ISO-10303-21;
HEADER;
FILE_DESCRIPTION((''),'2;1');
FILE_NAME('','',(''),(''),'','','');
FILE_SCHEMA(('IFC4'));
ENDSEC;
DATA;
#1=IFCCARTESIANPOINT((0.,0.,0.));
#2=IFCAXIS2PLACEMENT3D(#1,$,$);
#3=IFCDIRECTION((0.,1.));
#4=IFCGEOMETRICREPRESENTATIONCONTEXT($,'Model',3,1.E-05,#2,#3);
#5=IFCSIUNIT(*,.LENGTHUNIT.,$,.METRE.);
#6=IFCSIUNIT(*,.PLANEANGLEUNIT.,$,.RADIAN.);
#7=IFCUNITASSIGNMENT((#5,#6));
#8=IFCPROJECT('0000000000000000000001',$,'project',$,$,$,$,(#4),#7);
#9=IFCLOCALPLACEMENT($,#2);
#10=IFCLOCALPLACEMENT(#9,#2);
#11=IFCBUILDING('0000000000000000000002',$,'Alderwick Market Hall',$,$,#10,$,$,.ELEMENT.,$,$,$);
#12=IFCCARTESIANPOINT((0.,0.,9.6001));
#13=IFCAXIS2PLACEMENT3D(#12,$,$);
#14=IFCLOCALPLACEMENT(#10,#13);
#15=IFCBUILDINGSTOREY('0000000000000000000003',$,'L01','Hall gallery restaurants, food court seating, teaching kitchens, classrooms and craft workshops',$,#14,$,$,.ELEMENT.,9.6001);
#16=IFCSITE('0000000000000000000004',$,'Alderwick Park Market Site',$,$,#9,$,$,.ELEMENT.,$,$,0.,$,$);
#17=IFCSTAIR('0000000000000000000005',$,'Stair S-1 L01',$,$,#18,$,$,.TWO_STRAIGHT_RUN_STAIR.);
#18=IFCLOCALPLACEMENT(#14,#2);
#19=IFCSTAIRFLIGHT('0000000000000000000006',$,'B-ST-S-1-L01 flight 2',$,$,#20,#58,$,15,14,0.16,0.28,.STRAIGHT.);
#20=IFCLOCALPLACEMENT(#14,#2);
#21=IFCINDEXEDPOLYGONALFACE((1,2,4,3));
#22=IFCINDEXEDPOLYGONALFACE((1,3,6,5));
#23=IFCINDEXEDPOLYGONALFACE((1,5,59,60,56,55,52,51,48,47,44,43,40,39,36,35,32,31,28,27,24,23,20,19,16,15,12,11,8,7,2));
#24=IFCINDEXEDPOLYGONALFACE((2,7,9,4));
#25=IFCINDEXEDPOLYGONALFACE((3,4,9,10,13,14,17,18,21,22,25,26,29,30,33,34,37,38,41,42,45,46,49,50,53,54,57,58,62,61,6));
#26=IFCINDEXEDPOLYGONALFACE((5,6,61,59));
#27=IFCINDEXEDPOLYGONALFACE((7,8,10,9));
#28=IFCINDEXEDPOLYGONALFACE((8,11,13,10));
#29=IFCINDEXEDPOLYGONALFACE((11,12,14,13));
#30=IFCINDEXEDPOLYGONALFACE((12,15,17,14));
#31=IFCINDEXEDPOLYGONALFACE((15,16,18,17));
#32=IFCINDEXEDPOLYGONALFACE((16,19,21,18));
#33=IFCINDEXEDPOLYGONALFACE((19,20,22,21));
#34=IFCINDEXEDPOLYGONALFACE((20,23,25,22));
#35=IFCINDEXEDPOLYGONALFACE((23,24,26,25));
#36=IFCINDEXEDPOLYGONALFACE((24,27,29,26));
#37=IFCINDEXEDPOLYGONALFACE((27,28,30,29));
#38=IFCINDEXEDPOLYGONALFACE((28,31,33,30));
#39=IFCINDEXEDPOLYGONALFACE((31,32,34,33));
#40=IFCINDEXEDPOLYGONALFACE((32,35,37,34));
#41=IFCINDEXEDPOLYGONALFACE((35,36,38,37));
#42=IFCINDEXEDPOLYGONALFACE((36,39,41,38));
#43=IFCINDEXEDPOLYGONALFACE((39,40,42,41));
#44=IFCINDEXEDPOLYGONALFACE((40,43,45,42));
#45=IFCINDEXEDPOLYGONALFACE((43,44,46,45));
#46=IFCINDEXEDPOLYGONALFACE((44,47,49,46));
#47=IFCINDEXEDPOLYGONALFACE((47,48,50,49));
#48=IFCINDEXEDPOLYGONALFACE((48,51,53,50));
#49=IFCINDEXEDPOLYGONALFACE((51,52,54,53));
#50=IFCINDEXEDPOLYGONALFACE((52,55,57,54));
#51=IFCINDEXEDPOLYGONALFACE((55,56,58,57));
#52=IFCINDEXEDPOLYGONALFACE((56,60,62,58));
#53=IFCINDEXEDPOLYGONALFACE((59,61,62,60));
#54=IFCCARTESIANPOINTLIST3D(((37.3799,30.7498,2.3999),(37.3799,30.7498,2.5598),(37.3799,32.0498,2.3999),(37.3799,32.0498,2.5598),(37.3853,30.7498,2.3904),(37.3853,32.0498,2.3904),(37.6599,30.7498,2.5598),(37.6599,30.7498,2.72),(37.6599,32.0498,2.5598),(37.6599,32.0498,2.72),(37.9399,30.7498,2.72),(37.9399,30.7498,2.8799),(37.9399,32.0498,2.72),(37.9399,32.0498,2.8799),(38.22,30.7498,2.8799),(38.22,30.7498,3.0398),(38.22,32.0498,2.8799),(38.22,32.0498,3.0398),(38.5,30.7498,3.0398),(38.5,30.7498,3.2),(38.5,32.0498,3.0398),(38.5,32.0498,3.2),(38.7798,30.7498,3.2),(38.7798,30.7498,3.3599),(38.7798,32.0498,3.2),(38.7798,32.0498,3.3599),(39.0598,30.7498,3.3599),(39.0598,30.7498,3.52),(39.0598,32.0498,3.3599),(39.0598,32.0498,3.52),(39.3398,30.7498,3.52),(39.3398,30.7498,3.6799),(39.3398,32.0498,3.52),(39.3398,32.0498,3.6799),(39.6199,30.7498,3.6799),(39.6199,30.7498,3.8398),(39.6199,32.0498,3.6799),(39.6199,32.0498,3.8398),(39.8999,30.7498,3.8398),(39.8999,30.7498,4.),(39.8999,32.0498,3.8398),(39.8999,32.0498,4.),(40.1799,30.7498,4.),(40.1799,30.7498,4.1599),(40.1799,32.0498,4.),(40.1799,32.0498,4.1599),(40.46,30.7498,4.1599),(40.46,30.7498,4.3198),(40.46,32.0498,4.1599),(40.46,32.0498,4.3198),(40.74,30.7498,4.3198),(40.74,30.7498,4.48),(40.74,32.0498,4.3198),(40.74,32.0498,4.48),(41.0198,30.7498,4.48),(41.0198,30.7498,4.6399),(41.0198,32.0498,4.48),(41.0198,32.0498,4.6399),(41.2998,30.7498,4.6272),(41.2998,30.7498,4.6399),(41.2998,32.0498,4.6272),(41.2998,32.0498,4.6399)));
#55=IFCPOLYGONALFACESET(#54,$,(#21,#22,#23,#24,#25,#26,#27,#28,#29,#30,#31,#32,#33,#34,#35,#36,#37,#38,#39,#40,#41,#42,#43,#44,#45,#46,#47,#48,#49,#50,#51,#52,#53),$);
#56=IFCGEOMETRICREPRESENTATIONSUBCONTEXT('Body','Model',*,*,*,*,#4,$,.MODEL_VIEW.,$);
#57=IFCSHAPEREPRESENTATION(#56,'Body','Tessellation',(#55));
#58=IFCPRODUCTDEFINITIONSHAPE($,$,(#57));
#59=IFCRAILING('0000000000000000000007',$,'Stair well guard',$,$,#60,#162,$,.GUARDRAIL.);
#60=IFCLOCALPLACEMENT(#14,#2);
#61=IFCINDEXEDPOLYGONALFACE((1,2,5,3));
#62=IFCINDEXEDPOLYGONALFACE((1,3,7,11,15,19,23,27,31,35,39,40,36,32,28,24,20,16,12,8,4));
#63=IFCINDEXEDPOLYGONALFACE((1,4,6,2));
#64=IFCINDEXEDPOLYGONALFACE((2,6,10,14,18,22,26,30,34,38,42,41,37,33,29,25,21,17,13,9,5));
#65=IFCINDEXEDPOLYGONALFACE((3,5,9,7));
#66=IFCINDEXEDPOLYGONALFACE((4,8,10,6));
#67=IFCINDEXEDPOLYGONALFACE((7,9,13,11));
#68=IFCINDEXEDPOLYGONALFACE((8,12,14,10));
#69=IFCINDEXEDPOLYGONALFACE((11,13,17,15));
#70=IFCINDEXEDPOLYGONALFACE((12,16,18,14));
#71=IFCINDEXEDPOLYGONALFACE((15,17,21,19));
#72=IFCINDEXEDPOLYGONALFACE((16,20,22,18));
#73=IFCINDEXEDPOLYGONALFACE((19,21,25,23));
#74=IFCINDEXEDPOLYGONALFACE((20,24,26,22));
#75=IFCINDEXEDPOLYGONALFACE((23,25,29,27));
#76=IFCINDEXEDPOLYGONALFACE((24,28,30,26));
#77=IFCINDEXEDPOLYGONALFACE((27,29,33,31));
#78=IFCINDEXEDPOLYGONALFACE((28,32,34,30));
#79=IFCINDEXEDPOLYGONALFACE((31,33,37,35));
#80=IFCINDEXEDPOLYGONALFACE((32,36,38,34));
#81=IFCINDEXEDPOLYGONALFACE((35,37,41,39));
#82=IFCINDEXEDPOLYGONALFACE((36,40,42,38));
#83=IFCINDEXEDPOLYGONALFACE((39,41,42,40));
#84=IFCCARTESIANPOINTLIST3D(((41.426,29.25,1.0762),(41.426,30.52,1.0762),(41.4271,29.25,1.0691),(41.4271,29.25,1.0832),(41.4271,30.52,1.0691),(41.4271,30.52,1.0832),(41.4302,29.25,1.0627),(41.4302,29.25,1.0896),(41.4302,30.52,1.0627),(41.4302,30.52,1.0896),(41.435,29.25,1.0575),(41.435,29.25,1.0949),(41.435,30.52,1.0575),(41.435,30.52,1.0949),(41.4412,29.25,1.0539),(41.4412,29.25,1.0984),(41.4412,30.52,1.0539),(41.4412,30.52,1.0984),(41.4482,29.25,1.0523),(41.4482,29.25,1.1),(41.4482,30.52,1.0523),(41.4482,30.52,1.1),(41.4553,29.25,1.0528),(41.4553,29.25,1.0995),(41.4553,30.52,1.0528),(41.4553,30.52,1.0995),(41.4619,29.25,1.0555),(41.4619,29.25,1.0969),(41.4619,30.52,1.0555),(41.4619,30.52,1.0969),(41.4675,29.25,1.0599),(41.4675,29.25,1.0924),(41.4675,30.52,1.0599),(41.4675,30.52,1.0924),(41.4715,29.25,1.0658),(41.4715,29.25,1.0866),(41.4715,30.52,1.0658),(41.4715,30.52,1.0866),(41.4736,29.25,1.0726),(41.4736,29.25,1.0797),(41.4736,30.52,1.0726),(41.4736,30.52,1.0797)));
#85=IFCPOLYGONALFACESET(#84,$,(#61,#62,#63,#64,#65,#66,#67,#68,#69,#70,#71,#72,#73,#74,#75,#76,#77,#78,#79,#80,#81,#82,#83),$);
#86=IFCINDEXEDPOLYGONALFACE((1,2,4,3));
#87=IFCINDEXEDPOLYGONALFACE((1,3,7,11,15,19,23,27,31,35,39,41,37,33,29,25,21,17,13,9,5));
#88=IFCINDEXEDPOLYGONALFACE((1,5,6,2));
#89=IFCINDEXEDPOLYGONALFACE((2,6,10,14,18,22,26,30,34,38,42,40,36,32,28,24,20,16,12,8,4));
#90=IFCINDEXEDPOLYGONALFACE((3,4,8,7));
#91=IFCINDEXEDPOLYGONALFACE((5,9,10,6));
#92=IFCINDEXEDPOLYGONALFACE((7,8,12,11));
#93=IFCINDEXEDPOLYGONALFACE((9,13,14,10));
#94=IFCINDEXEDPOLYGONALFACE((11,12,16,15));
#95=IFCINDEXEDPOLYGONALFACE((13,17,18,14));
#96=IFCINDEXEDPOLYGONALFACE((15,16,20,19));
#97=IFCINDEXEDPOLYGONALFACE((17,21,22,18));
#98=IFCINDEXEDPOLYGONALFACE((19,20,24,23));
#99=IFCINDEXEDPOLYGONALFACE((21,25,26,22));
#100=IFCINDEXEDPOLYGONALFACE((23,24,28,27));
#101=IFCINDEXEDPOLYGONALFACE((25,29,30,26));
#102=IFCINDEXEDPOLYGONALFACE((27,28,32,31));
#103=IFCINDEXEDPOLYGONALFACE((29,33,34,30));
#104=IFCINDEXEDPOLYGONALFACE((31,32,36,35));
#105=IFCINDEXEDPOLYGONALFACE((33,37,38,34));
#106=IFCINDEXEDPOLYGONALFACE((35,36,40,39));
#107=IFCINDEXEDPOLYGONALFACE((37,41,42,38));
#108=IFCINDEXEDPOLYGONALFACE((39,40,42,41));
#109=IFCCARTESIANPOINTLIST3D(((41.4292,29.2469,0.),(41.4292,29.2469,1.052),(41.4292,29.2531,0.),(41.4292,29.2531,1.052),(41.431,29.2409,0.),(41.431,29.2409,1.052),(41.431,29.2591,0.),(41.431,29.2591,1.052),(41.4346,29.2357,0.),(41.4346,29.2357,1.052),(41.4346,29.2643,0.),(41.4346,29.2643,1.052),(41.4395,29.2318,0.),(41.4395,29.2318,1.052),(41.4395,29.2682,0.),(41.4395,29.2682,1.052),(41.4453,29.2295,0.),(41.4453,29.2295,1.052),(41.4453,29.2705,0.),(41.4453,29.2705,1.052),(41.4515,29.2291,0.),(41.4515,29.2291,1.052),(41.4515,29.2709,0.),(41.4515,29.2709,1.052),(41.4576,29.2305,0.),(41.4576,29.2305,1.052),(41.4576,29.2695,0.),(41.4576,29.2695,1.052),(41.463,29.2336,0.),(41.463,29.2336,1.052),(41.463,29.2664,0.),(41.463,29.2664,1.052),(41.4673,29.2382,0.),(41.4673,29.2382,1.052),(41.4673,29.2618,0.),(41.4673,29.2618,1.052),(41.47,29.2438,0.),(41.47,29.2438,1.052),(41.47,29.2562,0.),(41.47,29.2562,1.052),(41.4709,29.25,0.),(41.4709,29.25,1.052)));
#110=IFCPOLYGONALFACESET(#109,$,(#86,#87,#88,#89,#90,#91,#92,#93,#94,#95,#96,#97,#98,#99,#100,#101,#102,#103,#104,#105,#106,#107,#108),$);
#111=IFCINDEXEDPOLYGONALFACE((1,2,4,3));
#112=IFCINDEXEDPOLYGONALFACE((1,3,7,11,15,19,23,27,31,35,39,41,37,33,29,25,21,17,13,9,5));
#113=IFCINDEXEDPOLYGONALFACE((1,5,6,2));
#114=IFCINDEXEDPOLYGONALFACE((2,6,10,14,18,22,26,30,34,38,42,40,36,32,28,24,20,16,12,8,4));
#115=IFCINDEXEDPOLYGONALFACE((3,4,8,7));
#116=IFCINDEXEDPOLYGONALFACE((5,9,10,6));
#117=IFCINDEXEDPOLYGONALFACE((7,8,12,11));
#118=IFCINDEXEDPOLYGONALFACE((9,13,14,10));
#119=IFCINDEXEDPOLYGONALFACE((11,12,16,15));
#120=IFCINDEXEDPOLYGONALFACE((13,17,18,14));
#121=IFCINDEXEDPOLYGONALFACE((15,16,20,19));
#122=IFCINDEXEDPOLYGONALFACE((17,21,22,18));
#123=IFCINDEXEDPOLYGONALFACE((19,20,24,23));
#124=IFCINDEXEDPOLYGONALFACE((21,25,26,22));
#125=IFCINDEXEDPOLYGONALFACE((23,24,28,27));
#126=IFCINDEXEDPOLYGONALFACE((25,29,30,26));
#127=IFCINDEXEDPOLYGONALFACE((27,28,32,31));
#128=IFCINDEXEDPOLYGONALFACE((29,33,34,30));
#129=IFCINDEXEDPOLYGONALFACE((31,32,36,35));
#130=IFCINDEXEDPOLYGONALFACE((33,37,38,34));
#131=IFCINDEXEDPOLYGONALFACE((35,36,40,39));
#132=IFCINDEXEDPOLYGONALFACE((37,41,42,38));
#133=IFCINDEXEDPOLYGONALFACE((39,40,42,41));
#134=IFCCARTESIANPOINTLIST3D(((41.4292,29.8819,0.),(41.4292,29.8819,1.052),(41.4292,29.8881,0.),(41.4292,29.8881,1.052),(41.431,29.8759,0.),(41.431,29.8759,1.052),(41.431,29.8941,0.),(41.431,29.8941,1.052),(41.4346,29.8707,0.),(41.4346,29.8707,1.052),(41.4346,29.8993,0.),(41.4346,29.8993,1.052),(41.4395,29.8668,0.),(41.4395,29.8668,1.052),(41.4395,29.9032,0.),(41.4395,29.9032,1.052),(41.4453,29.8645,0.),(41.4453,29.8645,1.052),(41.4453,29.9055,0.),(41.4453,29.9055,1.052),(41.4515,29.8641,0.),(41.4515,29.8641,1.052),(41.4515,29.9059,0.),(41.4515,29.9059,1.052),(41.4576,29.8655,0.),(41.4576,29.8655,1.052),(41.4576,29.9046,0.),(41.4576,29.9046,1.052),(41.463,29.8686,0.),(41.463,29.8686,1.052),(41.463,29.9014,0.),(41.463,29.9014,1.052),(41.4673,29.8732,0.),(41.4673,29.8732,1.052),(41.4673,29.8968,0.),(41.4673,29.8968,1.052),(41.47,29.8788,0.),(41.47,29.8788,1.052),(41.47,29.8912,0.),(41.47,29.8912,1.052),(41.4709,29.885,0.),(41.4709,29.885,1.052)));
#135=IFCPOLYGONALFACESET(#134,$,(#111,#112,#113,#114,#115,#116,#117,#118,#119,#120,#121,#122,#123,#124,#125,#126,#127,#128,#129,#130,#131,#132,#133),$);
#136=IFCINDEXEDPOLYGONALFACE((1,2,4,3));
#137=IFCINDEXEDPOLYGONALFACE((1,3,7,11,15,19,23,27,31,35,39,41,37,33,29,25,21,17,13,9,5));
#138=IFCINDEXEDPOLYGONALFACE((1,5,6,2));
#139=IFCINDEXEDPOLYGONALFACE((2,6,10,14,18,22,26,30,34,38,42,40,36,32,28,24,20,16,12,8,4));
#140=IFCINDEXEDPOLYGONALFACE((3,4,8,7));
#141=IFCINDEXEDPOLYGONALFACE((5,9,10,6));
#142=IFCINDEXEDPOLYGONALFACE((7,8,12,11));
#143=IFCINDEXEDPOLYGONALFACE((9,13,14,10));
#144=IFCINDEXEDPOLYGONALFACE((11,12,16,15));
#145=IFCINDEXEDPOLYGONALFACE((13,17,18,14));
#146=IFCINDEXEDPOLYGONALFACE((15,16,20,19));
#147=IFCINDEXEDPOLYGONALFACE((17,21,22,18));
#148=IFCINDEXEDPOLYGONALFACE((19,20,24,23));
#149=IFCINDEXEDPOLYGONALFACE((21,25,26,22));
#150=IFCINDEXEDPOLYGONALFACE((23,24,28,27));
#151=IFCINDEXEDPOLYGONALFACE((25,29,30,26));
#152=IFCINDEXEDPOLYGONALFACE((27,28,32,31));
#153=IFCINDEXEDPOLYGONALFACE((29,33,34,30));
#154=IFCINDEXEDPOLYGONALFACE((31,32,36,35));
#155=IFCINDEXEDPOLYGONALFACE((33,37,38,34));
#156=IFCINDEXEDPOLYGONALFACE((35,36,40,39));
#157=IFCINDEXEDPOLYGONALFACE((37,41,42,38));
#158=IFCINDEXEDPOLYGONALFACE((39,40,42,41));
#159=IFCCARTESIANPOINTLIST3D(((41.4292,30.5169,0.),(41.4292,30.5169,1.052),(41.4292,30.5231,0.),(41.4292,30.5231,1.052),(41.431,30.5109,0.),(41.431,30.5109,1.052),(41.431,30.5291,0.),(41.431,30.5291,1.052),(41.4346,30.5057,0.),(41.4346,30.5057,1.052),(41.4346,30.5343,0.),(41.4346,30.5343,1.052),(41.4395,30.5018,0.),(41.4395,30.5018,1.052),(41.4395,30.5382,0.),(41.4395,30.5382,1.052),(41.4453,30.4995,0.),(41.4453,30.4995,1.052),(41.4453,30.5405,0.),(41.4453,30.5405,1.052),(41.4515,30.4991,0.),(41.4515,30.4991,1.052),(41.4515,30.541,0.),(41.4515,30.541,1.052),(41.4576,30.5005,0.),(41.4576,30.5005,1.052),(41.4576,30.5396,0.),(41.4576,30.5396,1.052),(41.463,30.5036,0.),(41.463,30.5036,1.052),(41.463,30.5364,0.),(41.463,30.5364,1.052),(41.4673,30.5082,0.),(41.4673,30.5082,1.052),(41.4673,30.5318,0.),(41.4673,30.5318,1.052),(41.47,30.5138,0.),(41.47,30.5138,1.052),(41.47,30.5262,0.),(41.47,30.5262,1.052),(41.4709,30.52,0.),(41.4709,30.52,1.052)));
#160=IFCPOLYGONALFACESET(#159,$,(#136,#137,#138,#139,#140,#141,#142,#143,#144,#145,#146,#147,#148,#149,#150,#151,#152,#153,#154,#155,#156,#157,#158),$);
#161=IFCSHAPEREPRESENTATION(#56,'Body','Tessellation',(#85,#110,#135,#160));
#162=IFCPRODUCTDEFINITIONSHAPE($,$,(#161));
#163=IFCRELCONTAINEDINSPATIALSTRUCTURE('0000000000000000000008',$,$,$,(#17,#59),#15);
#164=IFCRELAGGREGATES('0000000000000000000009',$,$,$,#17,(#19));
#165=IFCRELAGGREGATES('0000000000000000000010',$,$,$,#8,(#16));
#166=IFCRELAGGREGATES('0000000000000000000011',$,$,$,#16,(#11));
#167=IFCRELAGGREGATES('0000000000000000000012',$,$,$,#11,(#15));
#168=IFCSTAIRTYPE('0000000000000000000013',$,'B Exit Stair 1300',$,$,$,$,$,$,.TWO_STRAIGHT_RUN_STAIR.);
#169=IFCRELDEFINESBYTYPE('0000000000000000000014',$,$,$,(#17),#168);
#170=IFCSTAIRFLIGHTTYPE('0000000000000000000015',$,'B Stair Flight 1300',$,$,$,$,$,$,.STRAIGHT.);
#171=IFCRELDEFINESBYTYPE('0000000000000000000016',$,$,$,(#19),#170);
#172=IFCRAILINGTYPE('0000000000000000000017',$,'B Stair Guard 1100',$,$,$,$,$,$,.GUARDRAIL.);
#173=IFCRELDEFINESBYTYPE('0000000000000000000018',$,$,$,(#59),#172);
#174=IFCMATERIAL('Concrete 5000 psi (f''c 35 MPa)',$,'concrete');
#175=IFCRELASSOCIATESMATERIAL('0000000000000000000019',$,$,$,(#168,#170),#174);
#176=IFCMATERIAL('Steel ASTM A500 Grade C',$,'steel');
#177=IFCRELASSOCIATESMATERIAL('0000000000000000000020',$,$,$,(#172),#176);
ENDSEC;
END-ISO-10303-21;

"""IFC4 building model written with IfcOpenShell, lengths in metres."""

from ifc_helpers import new_model, si_unit, direction, frame, origin, origin_2d, place, context, subcontext, project, spatial, polyline, circle, outline, extrude, material, type_object, element, aggregate, save


model = new_model("IFC4")

# Units and contexts
model_context = context("Model", 3, precision=1e-05, world=origin(), true_north=direction((0.0, 1.0)))
body_context = subcontext(model_context, "Body", "Model", "MODEL_VIEW")
ifc_project = project(units=[si_unit("LENGTHUNIT", "METRE"), si_unit("PLANEANGLEUNIT", "RADIAN")], contexts=[model_context])

# Site, building, storey
site_placement = place(None, origin())
site = spatial("IfcSite", under=ifc_project, at=site_placement, Name="Alderwick Park Market Site", CompositionType="ELEMENT", RefElevation=0.0)
building_placement = place(site_placement, origin())
building = spatial("IfcBuilding", under=site, at=building_placement, Name="Alderwick Market Hall", CompositionType="ELEMENT")
storey_placement = place(building_placement, frame((0.0, 0.0, 9.6001)))
storey = spatial("IfcBuildingStorey", under=building, at=storey_placement, Name="L01", Description="Hall gallery restaurants, food court seating, teaching kitchens, classrooms and craft workshops", CompositionType="ELEMENT", Elevation=9.6001)

# Shared definitions
ifc_material_1 = material(Name="Concrete 5000 psi (f'c 35 MPa)", Category="concrete")

# Stair, stair flight
stair_type = type_object("IfcStairType", Name="B Exit Stair 1300", PredefinedType="TWO_STRAIGHT_RUN_STAIR", material=ifc_material_1)
stair_placement = place(storey_placement, origin())
stair = element("IfcStair", 1, at=stair_placement, inside=storey, type_object=stair_type, Name="Stair S-1 L01", PredefinedType="TWO_STRAIGHT_RUN_STAIR")
stair_flight_type = type_object("IfcStairFlightType", Name="B Stair Flight 1300", PredefinedType="STRAIGHT", material=ifc_material_1)
stair_flight_1_placement = place(storey_placement, frame((37.3799, 31.3999, 2.3999), z_axis=(0.0, 0.0, 1.0), x_axis=(1.0, 0.0, 0.0)))
stair_flight_1 = element("IfcStairFlight", 2, at=stair_flight_1_placement, type_object=stair_flight_type, Name="B-ST-S-1-L01 flight 2", NumberOfRisers=15, NumberOfTreads=14, PredefinedType="STRAIGHT", RiserHeight=0.16, TreadLength=0.28, context=body_context, shape_type="SweptSolid", body=[
    extrude(outline(polyline([(0.0054, -0.0095), (0.0, 0.0), (0.0, 0.1599), (0.28, 0.1599), (0.28, 0.3201), (0.5601, 0.3201), (0.5601, 0.48), (0.8401, 0.48), (0.8401, 0.6399), (1.1201, 0.6399), (1.1201, 0.8), (1.3999, 0.8), (1.3999, 0.96), (1.6799, 0.96), (1.6799, 1.1201), (1.96, 1.1201), (1.96, 1.28), (2.24, 1.28), (2.24, 1.4399), (2.52, 1.4399), (2.52, 1.6001), (2.8, 1.6001), (2.8, 1.76), (3.0801, 1.76), (3.0801, 1.9199), (3.3601, 1.9199), (3.3601, 2.0801), (3.6399, 2.0801), (3.6399, 2.24), (3.9199, 2.24), (3.9199, 2.2273), (0.0054, -0.0095)])), frame((0.0, 0.6499, 0.0), z_axis=(0.0, -1.0, 0.0), x_axis=(1.0, 0.0, 0.0)), (0.0, 0.0, 1.0), 1.3),
])
aggregate(stair, [stair_flight_1])

# Railing
ifc_material_2 = material(Name="Steel ASTM A500 Grade C", Category="steel")
railing_type = type_object("IfcRailingType", Name="B Stair Guard 1100", PredefinedType="GUARDRAIL", material=ifc_material_2)
railing_placement = place(storey_placement, frame((41.45, 29.25, 0.0)))
element("IfcRailing", 3, at=railing_placement, inside=storey, type_object=railing_type, Name="Stair well guard", PredefinedType="GUARDRAIL", context=body_context, shape_type="SweptSolid", body=[
    extrude(circle(Radius=0.0239, at=origin_2d()), frame((0.0, 0.0, 1.0762), z_axis=(0.0, 1.0, 0.0), x_axis=(-1.0, 0.0, 0.0)), (0.0, 0.0, 1.0), 1.27),
    extrude(circle(Radius=0.021, at=origin_2d()), origin(), (0.0, 0.0, 1.0), 1.052),
    extrude(circle(Radius=0.021, at=origin_2d()), frame((0.0, 0.635, 0.0)), (0.0, 0.0, 1.0), 1.052),
    extrude(circle(Radius=0.021, at=origin_2d()), frame((0.0, 1.27, 0.0)), (0.0, 0.0, 1.0), 1.052),
])

save(model, "model.ifc")
